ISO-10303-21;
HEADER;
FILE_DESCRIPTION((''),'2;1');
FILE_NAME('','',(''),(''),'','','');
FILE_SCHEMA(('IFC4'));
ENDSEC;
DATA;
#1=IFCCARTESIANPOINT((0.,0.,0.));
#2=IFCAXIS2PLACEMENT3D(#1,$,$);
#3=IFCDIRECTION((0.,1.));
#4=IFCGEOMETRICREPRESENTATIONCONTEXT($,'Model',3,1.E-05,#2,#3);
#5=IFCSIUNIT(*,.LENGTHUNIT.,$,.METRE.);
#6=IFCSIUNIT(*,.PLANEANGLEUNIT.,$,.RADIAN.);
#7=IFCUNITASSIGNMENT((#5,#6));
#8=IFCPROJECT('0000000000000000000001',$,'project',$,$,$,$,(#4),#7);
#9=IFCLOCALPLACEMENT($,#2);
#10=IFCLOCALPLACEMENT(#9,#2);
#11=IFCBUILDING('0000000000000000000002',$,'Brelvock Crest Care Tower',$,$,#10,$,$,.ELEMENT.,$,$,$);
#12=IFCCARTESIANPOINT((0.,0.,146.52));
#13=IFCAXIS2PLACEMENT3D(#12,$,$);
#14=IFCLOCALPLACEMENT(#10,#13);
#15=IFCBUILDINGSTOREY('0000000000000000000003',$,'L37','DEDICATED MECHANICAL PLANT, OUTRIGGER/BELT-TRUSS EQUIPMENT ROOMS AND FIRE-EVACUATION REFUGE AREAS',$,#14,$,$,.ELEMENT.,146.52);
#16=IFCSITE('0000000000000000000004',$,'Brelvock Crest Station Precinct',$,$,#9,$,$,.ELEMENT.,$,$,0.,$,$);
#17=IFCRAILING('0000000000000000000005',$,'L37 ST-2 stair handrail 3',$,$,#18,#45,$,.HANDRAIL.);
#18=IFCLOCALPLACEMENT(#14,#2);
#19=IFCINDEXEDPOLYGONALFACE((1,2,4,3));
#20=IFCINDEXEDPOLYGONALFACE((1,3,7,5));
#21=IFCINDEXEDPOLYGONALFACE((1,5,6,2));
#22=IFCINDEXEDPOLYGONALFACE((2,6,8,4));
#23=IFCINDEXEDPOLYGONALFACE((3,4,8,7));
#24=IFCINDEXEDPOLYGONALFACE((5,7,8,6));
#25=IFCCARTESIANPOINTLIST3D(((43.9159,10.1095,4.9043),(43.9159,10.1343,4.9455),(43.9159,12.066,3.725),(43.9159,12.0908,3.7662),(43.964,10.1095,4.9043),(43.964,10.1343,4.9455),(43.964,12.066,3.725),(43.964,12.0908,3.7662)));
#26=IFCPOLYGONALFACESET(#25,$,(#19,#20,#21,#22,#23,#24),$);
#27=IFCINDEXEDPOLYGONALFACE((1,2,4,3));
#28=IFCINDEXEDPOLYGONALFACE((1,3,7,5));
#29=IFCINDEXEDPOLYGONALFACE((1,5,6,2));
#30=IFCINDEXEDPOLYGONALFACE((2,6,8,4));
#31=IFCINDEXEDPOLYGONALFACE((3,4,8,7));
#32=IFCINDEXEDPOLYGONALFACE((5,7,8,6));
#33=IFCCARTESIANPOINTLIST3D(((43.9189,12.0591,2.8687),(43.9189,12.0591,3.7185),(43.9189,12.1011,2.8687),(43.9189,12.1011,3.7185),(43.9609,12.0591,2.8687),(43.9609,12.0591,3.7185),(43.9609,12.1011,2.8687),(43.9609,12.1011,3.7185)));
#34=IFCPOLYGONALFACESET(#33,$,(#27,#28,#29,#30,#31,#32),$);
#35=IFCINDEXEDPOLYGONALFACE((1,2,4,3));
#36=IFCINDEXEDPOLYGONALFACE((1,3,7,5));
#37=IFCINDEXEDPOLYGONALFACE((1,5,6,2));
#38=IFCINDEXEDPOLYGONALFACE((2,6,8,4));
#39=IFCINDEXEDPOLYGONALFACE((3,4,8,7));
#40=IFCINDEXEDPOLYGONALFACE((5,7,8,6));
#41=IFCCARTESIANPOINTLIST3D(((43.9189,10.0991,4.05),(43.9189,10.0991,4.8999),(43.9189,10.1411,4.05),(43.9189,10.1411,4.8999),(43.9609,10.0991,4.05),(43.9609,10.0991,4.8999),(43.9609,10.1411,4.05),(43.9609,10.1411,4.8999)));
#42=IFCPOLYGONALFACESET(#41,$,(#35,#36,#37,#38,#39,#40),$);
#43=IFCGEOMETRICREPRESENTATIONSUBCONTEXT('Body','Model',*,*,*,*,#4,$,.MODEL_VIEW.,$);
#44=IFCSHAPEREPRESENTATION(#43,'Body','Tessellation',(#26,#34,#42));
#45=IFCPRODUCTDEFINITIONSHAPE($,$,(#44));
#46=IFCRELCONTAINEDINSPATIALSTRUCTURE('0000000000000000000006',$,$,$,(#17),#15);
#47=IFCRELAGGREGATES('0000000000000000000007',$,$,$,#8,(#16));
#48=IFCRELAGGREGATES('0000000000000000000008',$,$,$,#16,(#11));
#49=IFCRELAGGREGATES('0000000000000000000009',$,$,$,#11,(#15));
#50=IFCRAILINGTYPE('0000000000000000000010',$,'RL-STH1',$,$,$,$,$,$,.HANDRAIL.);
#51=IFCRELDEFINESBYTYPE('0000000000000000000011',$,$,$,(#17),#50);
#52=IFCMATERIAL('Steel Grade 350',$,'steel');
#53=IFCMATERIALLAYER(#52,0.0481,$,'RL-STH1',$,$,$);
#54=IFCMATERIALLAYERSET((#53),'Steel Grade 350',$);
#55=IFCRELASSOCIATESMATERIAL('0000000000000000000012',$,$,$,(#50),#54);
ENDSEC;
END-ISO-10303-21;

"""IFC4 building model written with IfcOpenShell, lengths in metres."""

from ifc_helpers import new_model, si_unit, direction, frame, origin, origin_2d, place, context, subcontext, project, spatial, rectangle, extrude, material, layer, layer_set, type_object, element, save


model = new_model("IFC4")

# Units and contexts
model_context = context("Model", 3, precision=1e-05, world=origin(), true_north=direction((0.0, 1.0)))
body_context = subcontext(model_context, "Body", "Model", "MODEL_VIEW")
ifc_project = project(units=[si_unit("LENGTHUNIT", "METRE"), si_unit("PLANEANGLEUNIT", "RADIAN")], contexts=[model_context])

# Site, building, storey
site_placement = place(None, origin())
site = spatial("IfcSite", under=ifc_project, at=site_placement, Name="Brelvock Crest Station Precinct", CompositionType="ELEMENT", RefElevation=0.0)
building_placement = place(site_placement, origin())
building = spatial("IfcBuilding", under=site, at=building_placement, Name="Brelvock Crest Care Tower", CompositionType="ELEMENT")
storey_placement = place(building_placement, frame((0.0, 0.0, 146.52)))
storey = spatial("IfcBuildingStorey", under=building, at=storey_placement, Name="L37", Description="DEDICATED MECHANICAL PLANT, OUTRIGGER/BELT-TRUSS EQUIPMENT ROOMS AND FIRE-EVACUATION REFUGE AREAS", CompositionType="ELEMENT", Elevation=146.52)

# Shared definitions
ifc_material_1 = material(Name="Steel Grade 350", Category="steel")

# Railing
ifc_layer_1 = layer(ifc_material_1, 0.0481, Name="RL-STH1")
ifc_layer_set_1 = layer_set([ifc_layer_1], Name="Steel Grade 350")
railing_type_1 = type_object("IfcRailingType", Name="RL-STH1", PredefinedType="HANDRAIL", material=ifc_layer_set_1)
for number, where, name in (
    (1, (43.9399, 12.0801, 2.8687), "L37 ST-2 stair handrail 3"),
):
    element("IfcRailing", number, at=place(storey_placement, frame(where)), inside=storey, type_object=railing_type_1, Name=name, PredefinedType="HANDRAIL", context=body_context, shape_type="SweptSolid", body=[
        extrude(rectangle(XDim=0.0481, YDim=0.0481, at=origin_2d()), frame((0.0, -0.0017, 0.877), z_axis=(0.0, -0.856446, 0.516236), x_axis=(1.0, 0.0, 0.0)), (0.0, 0.0, 1.0), 2.2844),
        extrude(rectangle(XDim=0.042, YDim=0.042, at=origin_2d()), origin(), (0.0, 0.0, 1.0), 0.8499),
        extrude(rectangle(XDim=0.042, YDim=0.042, at=origin_2d()), frame((0.0, -1.96, 1.1814)), (0.0, 0.0, 1.0), 0.8499),
    ])

save(model, "model.ifc")
